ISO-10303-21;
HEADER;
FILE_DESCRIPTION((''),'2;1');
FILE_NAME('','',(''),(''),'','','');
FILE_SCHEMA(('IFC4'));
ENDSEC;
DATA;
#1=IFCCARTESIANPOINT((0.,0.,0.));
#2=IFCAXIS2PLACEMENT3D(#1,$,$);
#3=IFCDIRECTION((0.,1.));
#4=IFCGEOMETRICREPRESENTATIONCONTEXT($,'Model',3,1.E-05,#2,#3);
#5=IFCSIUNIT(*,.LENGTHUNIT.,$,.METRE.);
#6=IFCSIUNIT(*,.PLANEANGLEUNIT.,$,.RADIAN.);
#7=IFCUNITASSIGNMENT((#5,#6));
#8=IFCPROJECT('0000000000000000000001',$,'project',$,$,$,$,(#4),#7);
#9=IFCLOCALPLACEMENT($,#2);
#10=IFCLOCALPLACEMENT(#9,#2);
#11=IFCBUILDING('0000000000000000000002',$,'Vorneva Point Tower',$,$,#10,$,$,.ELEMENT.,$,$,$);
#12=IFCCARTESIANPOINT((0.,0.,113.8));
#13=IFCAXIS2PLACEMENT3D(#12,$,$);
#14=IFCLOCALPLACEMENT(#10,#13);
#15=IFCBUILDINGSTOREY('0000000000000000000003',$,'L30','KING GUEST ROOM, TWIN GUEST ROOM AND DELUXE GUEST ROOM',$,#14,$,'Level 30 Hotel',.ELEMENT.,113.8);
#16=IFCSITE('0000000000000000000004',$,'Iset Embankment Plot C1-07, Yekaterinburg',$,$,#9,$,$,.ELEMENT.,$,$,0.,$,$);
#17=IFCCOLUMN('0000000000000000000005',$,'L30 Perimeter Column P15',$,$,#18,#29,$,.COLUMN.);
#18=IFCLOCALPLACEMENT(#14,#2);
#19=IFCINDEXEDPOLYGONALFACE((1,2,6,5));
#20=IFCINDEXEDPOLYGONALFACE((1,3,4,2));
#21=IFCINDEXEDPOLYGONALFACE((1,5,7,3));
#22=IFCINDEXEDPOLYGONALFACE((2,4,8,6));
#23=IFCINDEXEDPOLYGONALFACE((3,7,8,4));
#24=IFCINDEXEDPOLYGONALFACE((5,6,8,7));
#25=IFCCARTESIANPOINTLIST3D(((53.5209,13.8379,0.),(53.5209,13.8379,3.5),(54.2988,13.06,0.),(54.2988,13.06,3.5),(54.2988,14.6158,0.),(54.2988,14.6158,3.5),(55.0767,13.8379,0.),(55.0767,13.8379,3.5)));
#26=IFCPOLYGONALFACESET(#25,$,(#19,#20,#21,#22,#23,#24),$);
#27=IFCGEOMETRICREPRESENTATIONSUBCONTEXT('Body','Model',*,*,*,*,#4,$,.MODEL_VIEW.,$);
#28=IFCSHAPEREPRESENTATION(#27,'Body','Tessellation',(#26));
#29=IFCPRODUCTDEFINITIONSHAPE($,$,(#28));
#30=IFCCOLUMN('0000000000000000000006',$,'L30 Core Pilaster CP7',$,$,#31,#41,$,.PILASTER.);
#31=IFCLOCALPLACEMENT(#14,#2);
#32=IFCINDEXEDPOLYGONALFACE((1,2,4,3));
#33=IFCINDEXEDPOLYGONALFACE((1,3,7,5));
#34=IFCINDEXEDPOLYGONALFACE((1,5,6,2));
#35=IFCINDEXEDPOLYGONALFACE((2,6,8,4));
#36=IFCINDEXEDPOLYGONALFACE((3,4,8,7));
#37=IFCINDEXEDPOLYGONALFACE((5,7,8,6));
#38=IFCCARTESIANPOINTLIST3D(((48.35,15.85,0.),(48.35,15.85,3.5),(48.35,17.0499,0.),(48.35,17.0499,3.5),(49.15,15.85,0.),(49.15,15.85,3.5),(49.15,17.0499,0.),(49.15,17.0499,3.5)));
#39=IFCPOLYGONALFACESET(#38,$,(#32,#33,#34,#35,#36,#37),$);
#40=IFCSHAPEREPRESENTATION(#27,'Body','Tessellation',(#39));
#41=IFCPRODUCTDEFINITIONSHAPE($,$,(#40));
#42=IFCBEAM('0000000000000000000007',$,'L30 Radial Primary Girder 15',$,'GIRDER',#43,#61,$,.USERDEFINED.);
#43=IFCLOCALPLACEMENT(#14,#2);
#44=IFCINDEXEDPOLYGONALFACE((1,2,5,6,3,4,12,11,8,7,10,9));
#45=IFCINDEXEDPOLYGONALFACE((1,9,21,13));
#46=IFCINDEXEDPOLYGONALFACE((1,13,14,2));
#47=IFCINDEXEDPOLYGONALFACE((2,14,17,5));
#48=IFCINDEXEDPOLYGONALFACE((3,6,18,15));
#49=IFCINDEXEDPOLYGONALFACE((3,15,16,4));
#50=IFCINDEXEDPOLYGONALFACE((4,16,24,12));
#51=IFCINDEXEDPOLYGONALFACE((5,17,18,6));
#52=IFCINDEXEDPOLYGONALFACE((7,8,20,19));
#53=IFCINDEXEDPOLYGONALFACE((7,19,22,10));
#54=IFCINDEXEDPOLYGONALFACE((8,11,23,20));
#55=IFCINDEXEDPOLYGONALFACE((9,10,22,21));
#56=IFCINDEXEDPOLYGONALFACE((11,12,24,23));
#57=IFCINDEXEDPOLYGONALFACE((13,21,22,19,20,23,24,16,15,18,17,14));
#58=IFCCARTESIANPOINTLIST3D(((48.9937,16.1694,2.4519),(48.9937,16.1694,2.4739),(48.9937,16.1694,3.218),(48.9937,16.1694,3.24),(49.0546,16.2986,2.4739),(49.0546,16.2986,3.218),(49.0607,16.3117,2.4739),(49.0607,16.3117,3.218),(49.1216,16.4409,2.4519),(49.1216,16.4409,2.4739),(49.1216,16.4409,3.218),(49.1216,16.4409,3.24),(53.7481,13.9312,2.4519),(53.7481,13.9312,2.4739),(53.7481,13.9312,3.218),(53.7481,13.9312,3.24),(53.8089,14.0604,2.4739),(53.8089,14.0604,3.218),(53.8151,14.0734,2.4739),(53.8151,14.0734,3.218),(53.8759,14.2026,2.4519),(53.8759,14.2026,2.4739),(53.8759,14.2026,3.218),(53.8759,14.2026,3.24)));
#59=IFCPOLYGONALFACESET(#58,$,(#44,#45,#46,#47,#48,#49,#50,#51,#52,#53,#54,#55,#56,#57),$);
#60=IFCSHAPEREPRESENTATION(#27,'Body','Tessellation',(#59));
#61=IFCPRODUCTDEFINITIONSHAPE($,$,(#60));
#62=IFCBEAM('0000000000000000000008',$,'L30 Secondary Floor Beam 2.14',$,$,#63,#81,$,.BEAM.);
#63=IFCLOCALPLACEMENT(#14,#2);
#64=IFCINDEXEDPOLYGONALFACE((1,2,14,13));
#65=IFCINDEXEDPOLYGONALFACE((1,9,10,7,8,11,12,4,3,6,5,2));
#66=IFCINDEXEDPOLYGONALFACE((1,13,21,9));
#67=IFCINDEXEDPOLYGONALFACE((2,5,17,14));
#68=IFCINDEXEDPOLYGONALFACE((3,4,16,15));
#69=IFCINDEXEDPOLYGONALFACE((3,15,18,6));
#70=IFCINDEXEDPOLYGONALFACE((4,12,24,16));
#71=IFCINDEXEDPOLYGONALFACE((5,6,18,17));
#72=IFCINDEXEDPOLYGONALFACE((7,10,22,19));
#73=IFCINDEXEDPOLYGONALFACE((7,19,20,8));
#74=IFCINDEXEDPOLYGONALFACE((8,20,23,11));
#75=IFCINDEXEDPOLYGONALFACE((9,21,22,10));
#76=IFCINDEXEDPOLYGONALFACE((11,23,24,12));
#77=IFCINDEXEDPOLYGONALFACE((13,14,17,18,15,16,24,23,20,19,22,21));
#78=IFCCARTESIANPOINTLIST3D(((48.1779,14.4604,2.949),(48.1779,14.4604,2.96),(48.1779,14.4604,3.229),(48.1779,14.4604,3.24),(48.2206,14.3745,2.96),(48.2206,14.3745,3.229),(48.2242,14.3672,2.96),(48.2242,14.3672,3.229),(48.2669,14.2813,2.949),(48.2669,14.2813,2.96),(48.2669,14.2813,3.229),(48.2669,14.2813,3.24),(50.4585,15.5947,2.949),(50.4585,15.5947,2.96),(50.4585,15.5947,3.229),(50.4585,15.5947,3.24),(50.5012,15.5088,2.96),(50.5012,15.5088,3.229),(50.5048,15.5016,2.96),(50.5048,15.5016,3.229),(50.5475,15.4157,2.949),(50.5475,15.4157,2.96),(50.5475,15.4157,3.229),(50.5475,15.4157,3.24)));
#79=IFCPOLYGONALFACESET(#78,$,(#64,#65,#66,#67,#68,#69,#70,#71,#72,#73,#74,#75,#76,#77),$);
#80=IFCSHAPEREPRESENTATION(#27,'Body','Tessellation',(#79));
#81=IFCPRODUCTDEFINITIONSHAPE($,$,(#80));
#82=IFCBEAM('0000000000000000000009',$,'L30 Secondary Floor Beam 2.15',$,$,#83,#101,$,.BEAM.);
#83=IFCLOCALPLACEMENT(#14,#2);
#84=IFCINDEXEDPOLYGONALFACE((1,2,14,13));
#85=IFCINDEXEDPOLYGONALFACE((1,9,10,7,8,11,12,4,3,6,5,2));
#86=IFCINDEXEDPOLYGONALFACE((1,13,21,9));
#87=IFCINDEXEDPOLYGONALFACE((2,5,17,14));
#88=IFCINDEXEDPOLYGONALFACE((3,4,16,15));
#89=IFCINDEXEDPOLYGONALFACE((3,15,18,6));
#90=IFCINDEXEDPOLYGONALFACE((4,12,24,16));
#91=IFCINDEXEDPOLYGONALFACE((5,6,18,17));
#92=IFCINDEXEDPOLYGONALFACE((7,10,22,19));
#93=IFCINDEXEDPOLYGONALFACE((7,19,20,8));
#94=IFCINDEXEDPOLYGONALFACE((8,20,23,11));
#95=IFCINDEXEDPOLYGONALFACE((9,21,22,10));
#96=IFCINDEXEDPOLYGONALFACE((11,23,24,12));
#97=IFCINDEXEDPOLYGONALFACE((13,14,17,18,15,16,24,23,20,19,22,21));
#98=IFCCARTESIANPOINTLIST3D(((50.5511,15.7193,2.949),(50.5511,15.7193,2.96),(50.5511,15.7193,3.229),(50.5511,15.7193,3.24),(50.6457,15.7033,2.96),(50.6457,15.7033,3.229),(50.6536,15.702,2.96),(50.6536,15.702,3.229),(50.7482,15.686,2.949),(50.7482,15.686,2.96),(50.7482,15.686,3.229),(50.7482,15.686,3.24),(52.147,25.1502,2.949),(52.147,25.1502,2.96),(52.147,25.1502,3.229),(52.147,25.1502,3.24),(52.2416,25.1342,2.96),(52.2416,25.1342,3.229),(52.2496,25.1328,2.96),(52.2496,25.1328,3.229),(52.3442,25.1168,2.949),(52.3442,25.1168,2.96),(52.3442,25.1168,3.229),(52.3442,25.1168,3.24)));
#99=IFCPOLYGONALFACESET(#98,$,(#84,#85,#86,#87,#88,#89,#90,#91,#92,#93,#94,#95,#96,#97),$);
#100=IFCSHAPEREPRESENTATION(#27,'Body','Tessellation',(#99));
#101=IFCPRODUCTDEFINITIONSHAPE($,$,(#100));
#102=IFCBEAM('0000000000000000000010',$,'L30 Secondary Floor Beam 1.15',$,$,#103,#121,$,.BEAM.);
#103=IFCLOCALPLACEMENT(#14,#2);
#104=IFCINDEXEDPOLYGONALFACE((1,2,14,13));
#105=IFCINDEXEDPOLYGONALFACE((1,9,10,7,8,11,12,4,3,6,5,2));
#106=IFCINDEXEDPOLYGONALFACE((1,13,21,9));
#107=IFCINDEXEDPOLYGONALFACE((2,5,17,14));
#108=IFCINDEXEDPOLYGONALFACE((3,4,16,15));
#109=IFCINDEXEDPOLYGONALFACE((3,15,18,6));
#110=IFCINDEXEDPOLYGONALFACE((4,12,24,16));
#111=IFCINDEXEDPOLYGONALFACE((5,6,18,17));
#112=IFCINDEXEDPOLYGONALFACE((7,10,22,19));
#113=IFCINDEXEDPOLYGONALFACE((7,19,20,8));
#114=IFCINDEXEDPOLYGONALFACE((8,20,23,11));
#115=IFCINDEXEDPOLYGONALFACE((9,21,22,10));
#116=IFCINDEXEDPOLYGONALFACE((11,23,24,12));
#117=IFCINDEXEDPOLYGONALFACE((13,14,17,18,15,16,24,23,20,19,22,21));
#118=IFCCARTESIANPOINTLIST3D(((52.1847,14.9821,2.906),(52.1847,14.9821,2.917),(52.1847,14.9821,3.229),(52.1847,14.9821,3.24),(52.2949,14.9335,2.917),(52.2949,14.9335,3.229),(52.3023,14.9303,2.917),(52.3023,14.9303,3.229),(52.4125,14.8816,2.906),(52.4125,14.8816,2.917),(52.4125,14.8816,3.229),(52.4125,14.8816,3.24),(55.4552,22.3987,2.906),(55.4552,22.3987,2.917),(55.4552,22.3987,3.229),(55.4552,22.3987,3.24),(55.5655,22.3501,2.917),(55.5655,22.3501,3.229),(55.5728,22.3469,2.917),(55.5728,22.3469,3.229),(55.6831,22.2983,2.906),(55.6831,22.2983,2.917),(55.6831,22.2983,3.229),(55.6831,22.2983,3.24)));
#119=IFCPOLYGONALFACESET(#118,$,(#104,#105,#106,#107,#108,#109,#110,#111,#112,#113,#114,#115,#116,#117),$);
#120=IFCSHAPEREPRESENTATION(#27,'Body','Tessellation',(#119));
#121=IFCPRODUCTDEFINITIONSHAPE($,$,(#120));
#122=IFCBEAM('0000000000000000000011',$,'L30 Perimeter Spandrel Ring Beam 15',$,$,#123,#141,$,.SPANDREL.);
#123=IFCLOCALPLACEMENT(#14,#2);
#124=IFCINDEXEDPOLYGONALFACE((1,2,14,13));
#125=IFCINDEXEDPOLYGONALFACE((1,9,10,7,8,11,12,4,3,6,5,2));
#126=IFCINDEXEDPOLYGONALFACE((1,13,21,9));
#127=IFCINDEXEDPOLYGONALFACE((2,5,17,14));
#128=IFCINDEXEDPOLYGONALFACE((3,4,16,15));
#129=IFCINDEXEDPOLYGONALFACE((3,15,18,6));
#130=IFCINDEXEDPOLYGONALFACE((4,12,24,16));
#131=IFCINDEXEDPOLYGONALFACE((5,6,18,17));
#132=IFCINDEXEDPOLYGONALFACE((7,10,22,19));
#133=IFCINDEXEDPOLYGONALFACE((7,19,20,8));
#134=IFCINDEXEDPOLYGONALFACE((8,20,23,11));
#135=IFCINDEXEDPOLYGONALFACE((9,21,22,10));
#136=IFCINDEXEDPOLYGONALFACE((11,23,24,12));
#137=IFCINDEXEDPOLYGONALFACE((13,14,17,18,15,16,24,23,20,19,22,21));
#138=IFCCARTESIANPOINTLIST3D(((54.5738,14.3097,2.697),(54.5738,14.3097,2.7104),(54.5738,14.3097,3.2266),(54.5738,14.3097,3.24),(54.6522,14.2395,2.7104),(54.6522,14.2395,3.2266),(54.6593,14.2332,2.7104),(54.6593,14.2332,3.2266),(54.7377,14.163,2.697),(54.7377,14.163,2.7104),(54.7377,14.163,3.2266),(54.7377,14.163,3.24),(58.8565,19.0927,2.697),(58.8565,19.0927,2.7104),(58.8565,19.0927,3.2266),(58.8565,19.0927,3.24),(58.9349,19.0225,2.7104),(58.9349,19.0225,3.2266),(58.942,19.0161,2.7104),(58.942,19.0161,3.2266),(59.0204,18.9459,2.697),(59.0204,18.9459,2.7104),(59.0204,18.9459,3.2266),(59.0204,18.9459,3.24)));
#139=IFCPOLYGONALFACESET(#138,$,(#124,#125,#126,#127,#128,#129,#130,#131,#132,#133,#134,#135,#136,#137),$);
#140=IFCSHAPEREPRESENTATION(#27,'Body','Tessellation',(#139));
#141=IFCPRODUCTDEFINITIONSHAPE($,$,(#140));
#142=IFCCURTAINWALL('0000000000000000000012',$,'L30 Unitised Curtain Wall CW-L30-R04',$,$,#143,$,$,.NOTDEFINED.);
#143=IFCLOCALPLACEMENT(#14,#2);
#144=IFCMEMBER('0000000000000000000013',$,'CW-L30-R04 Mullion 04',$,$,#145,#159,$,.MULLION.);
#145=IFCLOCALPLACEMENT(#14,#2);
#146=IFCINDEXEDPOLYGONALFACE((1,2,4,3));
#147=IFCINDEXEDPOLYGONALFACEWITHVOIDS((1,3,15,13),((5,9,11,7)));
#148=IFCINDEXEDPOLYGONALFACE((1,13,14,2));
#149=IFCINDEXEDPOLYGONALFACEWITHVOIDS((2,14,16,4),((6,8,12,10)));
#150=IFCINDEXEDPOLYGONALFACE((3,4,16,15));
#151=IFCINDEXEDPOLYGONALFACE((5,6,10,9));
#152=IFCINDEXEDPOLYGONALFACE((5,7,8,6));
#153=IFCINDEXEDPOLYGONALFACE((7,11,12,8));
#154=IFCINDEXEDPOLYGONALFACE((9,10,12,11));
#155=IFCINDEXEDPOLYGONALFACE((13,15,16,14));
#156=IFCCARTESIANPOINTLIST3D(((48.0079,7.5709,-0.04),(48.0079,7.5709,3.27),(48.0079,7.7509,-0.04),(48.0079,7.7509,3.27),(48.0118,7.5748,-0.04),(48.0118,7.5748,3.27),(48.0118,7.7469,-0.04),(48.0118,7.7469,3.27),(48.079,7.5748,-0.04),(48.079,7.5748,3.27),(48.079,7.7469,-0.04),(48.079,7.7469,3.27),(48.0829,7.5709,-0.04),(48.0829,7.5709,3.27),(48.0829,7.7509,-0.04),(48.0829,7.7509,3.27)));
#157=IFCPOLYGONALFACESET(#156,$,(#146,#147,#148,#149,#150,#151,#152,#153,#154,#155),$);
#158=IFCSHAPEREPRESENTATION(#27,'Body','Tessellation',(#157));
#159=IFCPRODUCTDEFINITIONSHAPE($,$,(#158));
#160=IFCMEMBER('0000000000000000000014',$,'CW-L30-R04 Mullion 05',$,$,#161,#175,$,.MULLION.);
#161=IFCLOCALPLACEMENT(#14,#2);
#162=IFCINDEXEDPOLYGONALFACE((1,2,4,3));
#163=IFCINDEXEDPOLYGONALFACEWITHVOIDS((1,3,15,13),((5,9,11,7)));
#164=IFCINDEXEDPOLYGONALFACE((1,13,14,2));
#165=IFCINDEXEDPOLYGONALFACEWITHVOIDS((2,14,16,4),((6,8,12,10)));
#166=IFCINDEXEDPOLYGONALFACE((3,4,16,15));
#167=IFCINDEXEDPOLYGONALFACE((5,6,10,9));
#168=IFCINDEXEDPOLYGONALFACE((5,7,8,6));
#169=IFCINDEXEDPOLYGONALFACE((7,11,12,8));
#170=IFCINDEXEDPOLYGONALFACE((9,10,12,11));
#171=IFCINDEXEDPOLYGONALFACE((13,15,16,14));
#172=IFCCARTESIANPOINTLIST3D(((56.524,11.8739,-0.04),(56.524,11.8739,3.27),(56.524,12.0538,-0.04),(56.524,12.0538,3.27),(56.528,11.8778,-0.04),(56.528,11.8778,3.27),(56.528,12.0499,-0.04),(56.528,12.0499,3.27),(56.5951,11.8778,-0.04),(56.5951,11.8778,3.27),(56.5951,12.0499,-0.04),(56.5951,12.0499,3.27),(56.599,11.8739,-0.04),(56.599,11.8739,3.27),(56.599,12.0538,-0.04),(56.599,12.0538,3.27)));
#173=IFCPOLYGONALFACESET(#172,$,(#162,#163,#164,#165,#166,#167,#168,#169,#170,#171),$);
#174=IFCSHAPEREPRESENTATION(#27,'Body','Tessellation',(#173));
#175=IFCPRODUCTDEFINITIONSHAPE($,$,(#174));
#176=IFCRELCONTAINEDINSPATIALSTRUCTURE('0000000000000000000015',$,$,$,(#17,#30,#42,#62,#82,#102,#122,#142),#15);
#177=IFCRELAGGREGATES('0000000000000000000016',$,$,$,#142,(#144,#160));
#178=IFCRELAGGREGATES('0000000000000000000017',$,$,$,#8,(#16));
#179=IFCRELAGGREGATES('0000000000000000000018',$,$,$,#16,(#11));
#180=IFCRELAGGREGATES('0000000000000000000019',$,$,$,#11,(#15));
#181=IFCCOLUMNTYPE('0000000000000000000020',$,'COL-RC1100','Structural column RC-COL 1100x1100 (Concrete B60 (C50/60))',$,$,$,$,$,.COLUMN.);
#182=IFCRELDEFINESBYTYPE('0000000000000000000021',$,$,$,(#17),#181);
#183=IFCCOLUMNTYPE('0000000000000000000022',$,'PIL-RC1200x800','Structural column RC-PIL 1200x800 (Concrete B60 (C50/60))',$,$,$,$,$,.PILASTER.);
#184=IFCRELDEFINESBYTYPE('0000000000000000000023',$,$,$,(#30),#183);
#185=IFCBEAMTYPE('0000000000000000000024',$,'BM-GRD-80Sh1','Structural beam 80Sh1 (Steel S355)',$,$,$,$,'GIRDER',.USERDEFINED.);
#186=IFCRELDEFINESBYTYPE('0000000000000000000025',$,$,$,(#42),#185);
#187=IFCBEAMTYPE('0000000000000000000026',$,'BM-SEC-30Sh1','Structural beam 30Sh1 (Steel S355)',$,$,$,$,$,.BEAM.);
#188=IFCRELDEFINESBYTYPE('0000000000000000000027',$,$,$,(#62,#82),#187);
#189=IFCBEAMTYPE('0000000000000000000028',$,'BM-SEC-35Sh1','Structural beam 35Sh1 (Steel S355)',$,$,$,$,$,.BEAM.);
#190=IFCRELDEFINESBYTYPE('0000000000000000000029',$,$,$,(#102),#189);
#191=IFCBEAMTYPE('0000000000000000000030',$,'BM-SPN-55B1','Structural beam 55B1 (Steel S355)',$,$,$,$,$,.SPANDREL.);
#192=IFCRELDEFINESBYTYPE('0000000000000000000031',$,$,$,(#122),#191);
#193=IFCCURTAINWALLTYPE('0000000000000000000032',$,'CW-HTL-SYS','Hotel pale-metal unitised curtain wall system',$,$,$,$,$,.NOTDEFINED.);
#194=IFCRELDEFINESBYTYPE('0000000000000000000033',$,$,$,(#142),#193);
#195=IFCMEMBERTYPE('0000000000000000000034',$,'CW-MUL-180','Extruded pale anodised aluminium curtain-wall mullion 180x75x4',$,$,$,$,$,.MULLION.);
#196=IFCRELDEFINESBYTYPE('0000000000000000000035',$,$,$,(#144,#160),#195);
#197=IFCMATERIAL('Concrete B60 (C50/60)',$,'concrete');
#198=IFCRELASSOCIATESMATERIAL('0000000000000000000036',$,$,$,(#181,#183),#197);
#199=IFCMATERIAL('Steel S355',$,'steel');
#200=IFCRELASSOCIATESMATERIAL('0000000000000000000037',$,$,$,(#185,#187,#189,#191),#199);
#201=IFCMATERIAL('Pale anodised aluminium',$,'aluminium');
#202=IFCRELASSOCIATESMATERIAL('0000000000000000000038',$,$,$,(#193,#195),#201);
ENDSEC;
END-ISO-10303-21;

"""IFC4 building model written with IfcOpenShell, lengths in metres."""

from ifc_helpers import new_model, si_unit, direction, frame, origin, origin_2d, place, context, subcontext, project, spatial, rectangle, hollow_rectangle, i_section, extrude, material, material_profile, profile_set, type_object, element, aggregate, save


model = new_model("IFC4")

# Units and contexts
model_context = context("Model", 3, precision=1e-05, world=origin(), true_north=direction((0.0, 1.0)))
body_context = subcontext(model_context, "Body", "Model", "MODEL_VIEW")
ifc_project = project(units=[si_unit("LENGTHUNIT", "METRE"), si_unit("PLANEANGLEUNIT", "RADIAN")], contexts=[model_context])

# Site, building, storey
site_placement = place(None, origin())
site = spatial("IfcSite", under=ifc_project, at=site_placement, Name="Iset Embankment Plot C1-07, Yekaterinburg", CompositionType="ELEMENT", RefElevation=0.0)
building_placement = place(site_placement, origin())
building = spatial("IfcBuilding", under=site, at=building_placement, Name="Vorneva Point Tower", CompositionType="ELEMENT")
storey_placement = place(building_placement, frame((0.0, 0.0, 113.8)))
storey = spatial("IfcBuildingStorey", under=building, at=storey_placement, Name="L30", Description="KING GUEST ROOM, TWIN GUEST ROOM AND DELUXE GUEST ROOM", LongName="Level 30 Hotel", CompositionType="ELEMENT", Elevation=113.8)

# Columns
ifc_material_1 = material(Name="Concrete B60 (C50/60)", Category="concrete")
ifc_material_profile_1 = material_profile(ifc_material_1, rectangle(XDim=1.1001, YDim=1.1001, at=origin_2d()), Name="RC-COL 1100x1100")
ifc_profile_set_1 = profile_set([ifc_material_profile_1], Name="Concrete B60 (C50/60)")
column_type_1 = type_object("IfcColumnType", Name="COL-RC1100", Description="Structural column RC-COL 1100x1100 (Concrete B60 (C50/60))", PredefinedType="COLUMN", material=ifc_profile_set_1)
column_1_placement = place(storey_placement, frame((54.2988, 13.8379, 0.0), z_axis=(0.0, 0.0, 1.0), x_axis=(0.707107, -0.707107, 0.0)))
element("IfcColumn", 1, at=column_1_placement, inside=storey, type_object=column_type_1, Name="L30 Perimeter Column P15", PredefinedType="COLUMN", context=body_context, shape_type="SweptSolid", body=[
    extrude(rectangle(XDim=1.1001, YDim=1.1001, at=origin_2d()), origin(), (0.0, 0.0, 1.0), 3.5),
])
ifc_material_profile_2 = material_profile(ifc_material_1, rectangle(XDim=0.8, YDim=1.2, at=origin_2d()), Name="RC-PIL 1200x800")
ifc_profile_set_2 = profile_set([ifc_material_profile_2], Name="Concrete B60 (C50/60)")
column_type_2 = type_object("IfcColumnType", Name="PIL-RC1200x800", Description="Structural column RC-PIL 1200x800 (Concrete B60 (C50/60))", PredefinedType="PILASTER", material=ifc_profile_set_2)
column_2_placement = place(storey_placement, frame((48.75, 16.45, 0.0), z_axis=(0.0, 0.0, 1.0), x_axis=(1.0, 0.0, 0.0)))
element("IfcColumn", 2, at=column_2_placement, inside=storey, type_object=column_type_2, Name="L30 Core Pilaster CP7", PredefinedType="PILASTER", context=body_context, shape_type="SweptSolid", body=[
    extrude(rectangle(XDim=0.8, YDim=1.2, at=origin_2d()), origin(), (0.0, 0.0, 1.0), 3.5),
])

# Beams
ifc_material_2 = material(Name="Steel S355", Category="steel")
ifc_material_profile_3 = material_profile(ifc_material_2, i_section(OverallWidth=0.3, OverallDepth=0.7881, WebThickness=0.0144, FlangeThickness=0.022, at=origin_2d()), Name="80Sh1")
ifc_profile_set_3 = profile_set([ifc_material_profile_3], Name="Steel S355")
beam_type_1 = type_object("IfcBeamType", Name="BM-GRD-80Sh1", Description="Structural beam 80Sh1 (Steel S355)", ElementType="GIRDER", PredefinedType="USERDEFINED", material=ifc_profile_set_3)
beam_1_placement = place(storey_placement, frame((53.812, 14.0669, 2.8459), z_axis=(-0.904751, 0.42594, 0.0), x_axis=(-0.42594, -0.904751, 0.0)))
element("IfcBeam", 3, at=beam_1_placement, inside=storey, type_object=beam_type_1, Name="L30 Radial Primary Girder 15", ObjectType="GIRDER", PredefinedType="USERDEFINED", context=body_context, shape_type="SweptSolid", body=[
    extrude(i_section(OverallWidth=0.3, OverallDepth=0.7881, WebThickness=0.0144, FlangeThickness=0.022, at=origin_2d()), origin(), (0.0, 0.0, 1.0), 5.2549),
])
ifc_material_profile_4 = material_profile(ifc_material_2, i_section(OverallWidth=0.2, OverallDepth=0.291, WebThickness=0.0081, FlangeThickness=0.011, at=origin_2d()), Name="30Sh1")
ifc_profile_set_4 = profile_set([ifc_material_profile_4], Name="Steel S355")
beam_type_2 = type_object("IfcBeamType", Name="BM-SEC-30Sh1", Description="Structural beam 30Sh1 (Steel S355)", PredefinedType="BEAM", material=ifc_profile_set_4)
beam_2_placement = place(storey_placement, frame((48.2224, 14.3708, 3.0945), z_axis=(0.895365, 0.445334, 0.0), x_axis=(-0.445334, 0.895365, 0.0)))
element("IfcBeam", 4, at=beam_2_placement, inside=storey, type_object=beam_type_2, Name="L30 Secondary Floor Beam 2.14", PredefinedType="BEAM", context=body_context, shape_type="SweptSolid", body=[
    extrude(i_section(OverallWidth=0.2, OverallDepth=0.291, WebThickness=0.0081, FlangeThickness=0.011, at=origin_2d()), origin(), (0.0, 0.0, 1.0), 2.5471),
])
beam_3_placement = place(storey_placement, frame((50.6497, 15.7026, 3.0945), z_axis=(0.166853, 0.985982, 0.0), x_axis=(-0.985982, 0.166853, 0.0)))
element("IfcBeam", 5, at=beam_3_placement, inside=storey, type_object=beam_type_2, Name="L30 Secondary Floor Beam 2.15", PredefinedType="BEAM", context=body_context, shape_type="SweptSolid", body=[
    extrude(i_section(OverallWidth=0.2, OverallDepth=0.291, WebThickness=0.0081, FlangeThickness=0.011, at=origin_2d()), origin(), (0.0, 0.0, 1.0), 9.5649),
])
ifc_material_profile_5 = material_profile(ifc_material_2, i_section(OverallWidth=0.249, OverallDepth=0.334, WebThickness=0.0081, FlangeThickness=0.011, at=origin_2d()), Name="35Sh1")
ifc_profile_set_5 = profile_set([ifc_material_profile_5], Name="Steel S355")
beam_type_3 = type_object("IfcBeamType", Name="BM-SEC-35Sh1", Description="Structural beam 35Sh1 (Steel S355)", PredefinedType="BEAM", material=ifc_profile_set_5)
beam_4_placement = place(storey_placement, frame((52.2986, 14.9319, 3.073), z_axis=(0.403487, 0.914985, 0.0), x_axis=(-0.914985, 0.403487, 0.0)))
element("IfcBeam", 6, at=beam_4_placement, inside=storey, type_object=beam_type_3, Name="L30 Secondary Floor Beam 1.15", PredefinedType="BEAM", context=body_context, shape_type="SweptSolid", body=[
    extrude(i_section(OverallWidth=0.249, OverallDepth=0.334, WebThickness=0.0081, FlangeThickness=0.011, at=origin_2d()), origin(), (0.0, 0.0, 1.0), 8.1057),
])
ifc_material_profile_6 = material_profile(ifc_material_2, i_section(OverallWidth=0.22, OverallDepth=0.543, WebThickness=0.0095, FlangeThickness=0.0134, at=origin_2d()), Name="55B1")
ifc_profile_set_6 = profile_set([ifc_material_profile_6], Name="Steel S355")
beam_type_4 = type_object("IfcBeamType", Name="BM-SPN-55B1", Description="Structural beam 55B1 (Steel S355)", PredefinedType="SPANDREL", material=ifc_profile_set_6)
beam_5_placement = place(storey_placement, frame((54.6558, 14.2363, 2.9685), z_axis=(0.667074, 0.744992, 0.0), x_axis=(-0.744992, 0.667074, 0.0)))
element("IfcBeam", 7, at=beam_5_placement, inside=storey, type_object=beam_type_4, Name="L30 Perimeter Spandrel Ring Beam 15", PredefinedType="SPANDREL", context=body_context, shape_type="SweptSolid", body=[
    extrude(i_section(OverallWidth=0.22, OverallDepth=0.543, WebThickness=0.0095, FlangeThickness=0.0134, at=origin_2d()), origin(), (0.0, 0.0, 1.0), 6.4202),
])

# Curtain wall, members
ifc_material_3 = material(Name="Pale anodised aluminium", Category="aluminium")
curtain_wall_type = type_object("IfcCurtainWallType", Name="CW-HTL-SYS", Description="Hotel pale-metal unitised curtain wall system", PredefinedType="NOTDEFINED", material=ifc_material_3)
curtain_wall_placement = place(storey_placement, origin())
curtain_wall = element("IfcCurtainWall", 8, at=curtain_wall_placement, inside=storey, type_object=curtain_wall_type, Name="L30 Unitised Curtain Wall CW-L30-R04", PredefinedType="NOTDEFINED")
ifc_material_profile_7 = material_profile(ifc_material_3, hollow_rectangle(XDim=0.075, YDim=0.1799, WallThickness=0.0039, at=origin_2d()), Name="AL-MUL 180x75x4")
ifc_profile_set_7 = profile_set([ifc_material_profile_7], Name="Pale anodised aluminium")
member_type_1 = type_object("IfcMemberType", Name="CW-MUL-180", Description="Extruded pale anodised aluminium curtain-wall mullion 180x75x4", PredefinedType="MULLION", material=ifc_profile_set_7)
member_1_placement = place(storey_placement, frame((48.0454, 7.6609, -0.04), z_axis=(0.0, 0.0, 1.0), x_axis=(1.0, 0.0, 0.0)))
member_1 = element("IfcMember", 9, at=member_1_placement, type_object=member_type_1, Name="CW-L30-R04 Mullion 04", PredefinedType="MULLION", context=body_context, shape_type="SweptSolid", body=[
    extrude(hollow_rectangle(XDim=0.075, YDim=0.1799, WallThickness=0.0039, at=origin_2d()), origin(), (0.0, 0.0, 1.0), 3.3101),
])
member_2_placement = place(storey_placement, frame((56.5615, 11.9639, -0.04), z_axis=(0.0, 0.0, 1.0), x_axis=(1.0, 0.0, 0.0)))
member_2 = element("IfcMember", 10, at=member_2_placement, type_object=member_type_1, Name="CW-L30-R04 Mullion 05", PredefinedType="MULLION", context=body_context, shape_type="SweptSolid", body=[
    extrude(hollow_rectangle(XDim=0.075, YDim=0.1799, WallThickness=0.0039, at=origin_2d()), origin(), (0.0, 0.0, 1.0), 3.3101),
])
aggregate(curtain_wall, [member_1, member_2])

save(model, "model.ifc")
